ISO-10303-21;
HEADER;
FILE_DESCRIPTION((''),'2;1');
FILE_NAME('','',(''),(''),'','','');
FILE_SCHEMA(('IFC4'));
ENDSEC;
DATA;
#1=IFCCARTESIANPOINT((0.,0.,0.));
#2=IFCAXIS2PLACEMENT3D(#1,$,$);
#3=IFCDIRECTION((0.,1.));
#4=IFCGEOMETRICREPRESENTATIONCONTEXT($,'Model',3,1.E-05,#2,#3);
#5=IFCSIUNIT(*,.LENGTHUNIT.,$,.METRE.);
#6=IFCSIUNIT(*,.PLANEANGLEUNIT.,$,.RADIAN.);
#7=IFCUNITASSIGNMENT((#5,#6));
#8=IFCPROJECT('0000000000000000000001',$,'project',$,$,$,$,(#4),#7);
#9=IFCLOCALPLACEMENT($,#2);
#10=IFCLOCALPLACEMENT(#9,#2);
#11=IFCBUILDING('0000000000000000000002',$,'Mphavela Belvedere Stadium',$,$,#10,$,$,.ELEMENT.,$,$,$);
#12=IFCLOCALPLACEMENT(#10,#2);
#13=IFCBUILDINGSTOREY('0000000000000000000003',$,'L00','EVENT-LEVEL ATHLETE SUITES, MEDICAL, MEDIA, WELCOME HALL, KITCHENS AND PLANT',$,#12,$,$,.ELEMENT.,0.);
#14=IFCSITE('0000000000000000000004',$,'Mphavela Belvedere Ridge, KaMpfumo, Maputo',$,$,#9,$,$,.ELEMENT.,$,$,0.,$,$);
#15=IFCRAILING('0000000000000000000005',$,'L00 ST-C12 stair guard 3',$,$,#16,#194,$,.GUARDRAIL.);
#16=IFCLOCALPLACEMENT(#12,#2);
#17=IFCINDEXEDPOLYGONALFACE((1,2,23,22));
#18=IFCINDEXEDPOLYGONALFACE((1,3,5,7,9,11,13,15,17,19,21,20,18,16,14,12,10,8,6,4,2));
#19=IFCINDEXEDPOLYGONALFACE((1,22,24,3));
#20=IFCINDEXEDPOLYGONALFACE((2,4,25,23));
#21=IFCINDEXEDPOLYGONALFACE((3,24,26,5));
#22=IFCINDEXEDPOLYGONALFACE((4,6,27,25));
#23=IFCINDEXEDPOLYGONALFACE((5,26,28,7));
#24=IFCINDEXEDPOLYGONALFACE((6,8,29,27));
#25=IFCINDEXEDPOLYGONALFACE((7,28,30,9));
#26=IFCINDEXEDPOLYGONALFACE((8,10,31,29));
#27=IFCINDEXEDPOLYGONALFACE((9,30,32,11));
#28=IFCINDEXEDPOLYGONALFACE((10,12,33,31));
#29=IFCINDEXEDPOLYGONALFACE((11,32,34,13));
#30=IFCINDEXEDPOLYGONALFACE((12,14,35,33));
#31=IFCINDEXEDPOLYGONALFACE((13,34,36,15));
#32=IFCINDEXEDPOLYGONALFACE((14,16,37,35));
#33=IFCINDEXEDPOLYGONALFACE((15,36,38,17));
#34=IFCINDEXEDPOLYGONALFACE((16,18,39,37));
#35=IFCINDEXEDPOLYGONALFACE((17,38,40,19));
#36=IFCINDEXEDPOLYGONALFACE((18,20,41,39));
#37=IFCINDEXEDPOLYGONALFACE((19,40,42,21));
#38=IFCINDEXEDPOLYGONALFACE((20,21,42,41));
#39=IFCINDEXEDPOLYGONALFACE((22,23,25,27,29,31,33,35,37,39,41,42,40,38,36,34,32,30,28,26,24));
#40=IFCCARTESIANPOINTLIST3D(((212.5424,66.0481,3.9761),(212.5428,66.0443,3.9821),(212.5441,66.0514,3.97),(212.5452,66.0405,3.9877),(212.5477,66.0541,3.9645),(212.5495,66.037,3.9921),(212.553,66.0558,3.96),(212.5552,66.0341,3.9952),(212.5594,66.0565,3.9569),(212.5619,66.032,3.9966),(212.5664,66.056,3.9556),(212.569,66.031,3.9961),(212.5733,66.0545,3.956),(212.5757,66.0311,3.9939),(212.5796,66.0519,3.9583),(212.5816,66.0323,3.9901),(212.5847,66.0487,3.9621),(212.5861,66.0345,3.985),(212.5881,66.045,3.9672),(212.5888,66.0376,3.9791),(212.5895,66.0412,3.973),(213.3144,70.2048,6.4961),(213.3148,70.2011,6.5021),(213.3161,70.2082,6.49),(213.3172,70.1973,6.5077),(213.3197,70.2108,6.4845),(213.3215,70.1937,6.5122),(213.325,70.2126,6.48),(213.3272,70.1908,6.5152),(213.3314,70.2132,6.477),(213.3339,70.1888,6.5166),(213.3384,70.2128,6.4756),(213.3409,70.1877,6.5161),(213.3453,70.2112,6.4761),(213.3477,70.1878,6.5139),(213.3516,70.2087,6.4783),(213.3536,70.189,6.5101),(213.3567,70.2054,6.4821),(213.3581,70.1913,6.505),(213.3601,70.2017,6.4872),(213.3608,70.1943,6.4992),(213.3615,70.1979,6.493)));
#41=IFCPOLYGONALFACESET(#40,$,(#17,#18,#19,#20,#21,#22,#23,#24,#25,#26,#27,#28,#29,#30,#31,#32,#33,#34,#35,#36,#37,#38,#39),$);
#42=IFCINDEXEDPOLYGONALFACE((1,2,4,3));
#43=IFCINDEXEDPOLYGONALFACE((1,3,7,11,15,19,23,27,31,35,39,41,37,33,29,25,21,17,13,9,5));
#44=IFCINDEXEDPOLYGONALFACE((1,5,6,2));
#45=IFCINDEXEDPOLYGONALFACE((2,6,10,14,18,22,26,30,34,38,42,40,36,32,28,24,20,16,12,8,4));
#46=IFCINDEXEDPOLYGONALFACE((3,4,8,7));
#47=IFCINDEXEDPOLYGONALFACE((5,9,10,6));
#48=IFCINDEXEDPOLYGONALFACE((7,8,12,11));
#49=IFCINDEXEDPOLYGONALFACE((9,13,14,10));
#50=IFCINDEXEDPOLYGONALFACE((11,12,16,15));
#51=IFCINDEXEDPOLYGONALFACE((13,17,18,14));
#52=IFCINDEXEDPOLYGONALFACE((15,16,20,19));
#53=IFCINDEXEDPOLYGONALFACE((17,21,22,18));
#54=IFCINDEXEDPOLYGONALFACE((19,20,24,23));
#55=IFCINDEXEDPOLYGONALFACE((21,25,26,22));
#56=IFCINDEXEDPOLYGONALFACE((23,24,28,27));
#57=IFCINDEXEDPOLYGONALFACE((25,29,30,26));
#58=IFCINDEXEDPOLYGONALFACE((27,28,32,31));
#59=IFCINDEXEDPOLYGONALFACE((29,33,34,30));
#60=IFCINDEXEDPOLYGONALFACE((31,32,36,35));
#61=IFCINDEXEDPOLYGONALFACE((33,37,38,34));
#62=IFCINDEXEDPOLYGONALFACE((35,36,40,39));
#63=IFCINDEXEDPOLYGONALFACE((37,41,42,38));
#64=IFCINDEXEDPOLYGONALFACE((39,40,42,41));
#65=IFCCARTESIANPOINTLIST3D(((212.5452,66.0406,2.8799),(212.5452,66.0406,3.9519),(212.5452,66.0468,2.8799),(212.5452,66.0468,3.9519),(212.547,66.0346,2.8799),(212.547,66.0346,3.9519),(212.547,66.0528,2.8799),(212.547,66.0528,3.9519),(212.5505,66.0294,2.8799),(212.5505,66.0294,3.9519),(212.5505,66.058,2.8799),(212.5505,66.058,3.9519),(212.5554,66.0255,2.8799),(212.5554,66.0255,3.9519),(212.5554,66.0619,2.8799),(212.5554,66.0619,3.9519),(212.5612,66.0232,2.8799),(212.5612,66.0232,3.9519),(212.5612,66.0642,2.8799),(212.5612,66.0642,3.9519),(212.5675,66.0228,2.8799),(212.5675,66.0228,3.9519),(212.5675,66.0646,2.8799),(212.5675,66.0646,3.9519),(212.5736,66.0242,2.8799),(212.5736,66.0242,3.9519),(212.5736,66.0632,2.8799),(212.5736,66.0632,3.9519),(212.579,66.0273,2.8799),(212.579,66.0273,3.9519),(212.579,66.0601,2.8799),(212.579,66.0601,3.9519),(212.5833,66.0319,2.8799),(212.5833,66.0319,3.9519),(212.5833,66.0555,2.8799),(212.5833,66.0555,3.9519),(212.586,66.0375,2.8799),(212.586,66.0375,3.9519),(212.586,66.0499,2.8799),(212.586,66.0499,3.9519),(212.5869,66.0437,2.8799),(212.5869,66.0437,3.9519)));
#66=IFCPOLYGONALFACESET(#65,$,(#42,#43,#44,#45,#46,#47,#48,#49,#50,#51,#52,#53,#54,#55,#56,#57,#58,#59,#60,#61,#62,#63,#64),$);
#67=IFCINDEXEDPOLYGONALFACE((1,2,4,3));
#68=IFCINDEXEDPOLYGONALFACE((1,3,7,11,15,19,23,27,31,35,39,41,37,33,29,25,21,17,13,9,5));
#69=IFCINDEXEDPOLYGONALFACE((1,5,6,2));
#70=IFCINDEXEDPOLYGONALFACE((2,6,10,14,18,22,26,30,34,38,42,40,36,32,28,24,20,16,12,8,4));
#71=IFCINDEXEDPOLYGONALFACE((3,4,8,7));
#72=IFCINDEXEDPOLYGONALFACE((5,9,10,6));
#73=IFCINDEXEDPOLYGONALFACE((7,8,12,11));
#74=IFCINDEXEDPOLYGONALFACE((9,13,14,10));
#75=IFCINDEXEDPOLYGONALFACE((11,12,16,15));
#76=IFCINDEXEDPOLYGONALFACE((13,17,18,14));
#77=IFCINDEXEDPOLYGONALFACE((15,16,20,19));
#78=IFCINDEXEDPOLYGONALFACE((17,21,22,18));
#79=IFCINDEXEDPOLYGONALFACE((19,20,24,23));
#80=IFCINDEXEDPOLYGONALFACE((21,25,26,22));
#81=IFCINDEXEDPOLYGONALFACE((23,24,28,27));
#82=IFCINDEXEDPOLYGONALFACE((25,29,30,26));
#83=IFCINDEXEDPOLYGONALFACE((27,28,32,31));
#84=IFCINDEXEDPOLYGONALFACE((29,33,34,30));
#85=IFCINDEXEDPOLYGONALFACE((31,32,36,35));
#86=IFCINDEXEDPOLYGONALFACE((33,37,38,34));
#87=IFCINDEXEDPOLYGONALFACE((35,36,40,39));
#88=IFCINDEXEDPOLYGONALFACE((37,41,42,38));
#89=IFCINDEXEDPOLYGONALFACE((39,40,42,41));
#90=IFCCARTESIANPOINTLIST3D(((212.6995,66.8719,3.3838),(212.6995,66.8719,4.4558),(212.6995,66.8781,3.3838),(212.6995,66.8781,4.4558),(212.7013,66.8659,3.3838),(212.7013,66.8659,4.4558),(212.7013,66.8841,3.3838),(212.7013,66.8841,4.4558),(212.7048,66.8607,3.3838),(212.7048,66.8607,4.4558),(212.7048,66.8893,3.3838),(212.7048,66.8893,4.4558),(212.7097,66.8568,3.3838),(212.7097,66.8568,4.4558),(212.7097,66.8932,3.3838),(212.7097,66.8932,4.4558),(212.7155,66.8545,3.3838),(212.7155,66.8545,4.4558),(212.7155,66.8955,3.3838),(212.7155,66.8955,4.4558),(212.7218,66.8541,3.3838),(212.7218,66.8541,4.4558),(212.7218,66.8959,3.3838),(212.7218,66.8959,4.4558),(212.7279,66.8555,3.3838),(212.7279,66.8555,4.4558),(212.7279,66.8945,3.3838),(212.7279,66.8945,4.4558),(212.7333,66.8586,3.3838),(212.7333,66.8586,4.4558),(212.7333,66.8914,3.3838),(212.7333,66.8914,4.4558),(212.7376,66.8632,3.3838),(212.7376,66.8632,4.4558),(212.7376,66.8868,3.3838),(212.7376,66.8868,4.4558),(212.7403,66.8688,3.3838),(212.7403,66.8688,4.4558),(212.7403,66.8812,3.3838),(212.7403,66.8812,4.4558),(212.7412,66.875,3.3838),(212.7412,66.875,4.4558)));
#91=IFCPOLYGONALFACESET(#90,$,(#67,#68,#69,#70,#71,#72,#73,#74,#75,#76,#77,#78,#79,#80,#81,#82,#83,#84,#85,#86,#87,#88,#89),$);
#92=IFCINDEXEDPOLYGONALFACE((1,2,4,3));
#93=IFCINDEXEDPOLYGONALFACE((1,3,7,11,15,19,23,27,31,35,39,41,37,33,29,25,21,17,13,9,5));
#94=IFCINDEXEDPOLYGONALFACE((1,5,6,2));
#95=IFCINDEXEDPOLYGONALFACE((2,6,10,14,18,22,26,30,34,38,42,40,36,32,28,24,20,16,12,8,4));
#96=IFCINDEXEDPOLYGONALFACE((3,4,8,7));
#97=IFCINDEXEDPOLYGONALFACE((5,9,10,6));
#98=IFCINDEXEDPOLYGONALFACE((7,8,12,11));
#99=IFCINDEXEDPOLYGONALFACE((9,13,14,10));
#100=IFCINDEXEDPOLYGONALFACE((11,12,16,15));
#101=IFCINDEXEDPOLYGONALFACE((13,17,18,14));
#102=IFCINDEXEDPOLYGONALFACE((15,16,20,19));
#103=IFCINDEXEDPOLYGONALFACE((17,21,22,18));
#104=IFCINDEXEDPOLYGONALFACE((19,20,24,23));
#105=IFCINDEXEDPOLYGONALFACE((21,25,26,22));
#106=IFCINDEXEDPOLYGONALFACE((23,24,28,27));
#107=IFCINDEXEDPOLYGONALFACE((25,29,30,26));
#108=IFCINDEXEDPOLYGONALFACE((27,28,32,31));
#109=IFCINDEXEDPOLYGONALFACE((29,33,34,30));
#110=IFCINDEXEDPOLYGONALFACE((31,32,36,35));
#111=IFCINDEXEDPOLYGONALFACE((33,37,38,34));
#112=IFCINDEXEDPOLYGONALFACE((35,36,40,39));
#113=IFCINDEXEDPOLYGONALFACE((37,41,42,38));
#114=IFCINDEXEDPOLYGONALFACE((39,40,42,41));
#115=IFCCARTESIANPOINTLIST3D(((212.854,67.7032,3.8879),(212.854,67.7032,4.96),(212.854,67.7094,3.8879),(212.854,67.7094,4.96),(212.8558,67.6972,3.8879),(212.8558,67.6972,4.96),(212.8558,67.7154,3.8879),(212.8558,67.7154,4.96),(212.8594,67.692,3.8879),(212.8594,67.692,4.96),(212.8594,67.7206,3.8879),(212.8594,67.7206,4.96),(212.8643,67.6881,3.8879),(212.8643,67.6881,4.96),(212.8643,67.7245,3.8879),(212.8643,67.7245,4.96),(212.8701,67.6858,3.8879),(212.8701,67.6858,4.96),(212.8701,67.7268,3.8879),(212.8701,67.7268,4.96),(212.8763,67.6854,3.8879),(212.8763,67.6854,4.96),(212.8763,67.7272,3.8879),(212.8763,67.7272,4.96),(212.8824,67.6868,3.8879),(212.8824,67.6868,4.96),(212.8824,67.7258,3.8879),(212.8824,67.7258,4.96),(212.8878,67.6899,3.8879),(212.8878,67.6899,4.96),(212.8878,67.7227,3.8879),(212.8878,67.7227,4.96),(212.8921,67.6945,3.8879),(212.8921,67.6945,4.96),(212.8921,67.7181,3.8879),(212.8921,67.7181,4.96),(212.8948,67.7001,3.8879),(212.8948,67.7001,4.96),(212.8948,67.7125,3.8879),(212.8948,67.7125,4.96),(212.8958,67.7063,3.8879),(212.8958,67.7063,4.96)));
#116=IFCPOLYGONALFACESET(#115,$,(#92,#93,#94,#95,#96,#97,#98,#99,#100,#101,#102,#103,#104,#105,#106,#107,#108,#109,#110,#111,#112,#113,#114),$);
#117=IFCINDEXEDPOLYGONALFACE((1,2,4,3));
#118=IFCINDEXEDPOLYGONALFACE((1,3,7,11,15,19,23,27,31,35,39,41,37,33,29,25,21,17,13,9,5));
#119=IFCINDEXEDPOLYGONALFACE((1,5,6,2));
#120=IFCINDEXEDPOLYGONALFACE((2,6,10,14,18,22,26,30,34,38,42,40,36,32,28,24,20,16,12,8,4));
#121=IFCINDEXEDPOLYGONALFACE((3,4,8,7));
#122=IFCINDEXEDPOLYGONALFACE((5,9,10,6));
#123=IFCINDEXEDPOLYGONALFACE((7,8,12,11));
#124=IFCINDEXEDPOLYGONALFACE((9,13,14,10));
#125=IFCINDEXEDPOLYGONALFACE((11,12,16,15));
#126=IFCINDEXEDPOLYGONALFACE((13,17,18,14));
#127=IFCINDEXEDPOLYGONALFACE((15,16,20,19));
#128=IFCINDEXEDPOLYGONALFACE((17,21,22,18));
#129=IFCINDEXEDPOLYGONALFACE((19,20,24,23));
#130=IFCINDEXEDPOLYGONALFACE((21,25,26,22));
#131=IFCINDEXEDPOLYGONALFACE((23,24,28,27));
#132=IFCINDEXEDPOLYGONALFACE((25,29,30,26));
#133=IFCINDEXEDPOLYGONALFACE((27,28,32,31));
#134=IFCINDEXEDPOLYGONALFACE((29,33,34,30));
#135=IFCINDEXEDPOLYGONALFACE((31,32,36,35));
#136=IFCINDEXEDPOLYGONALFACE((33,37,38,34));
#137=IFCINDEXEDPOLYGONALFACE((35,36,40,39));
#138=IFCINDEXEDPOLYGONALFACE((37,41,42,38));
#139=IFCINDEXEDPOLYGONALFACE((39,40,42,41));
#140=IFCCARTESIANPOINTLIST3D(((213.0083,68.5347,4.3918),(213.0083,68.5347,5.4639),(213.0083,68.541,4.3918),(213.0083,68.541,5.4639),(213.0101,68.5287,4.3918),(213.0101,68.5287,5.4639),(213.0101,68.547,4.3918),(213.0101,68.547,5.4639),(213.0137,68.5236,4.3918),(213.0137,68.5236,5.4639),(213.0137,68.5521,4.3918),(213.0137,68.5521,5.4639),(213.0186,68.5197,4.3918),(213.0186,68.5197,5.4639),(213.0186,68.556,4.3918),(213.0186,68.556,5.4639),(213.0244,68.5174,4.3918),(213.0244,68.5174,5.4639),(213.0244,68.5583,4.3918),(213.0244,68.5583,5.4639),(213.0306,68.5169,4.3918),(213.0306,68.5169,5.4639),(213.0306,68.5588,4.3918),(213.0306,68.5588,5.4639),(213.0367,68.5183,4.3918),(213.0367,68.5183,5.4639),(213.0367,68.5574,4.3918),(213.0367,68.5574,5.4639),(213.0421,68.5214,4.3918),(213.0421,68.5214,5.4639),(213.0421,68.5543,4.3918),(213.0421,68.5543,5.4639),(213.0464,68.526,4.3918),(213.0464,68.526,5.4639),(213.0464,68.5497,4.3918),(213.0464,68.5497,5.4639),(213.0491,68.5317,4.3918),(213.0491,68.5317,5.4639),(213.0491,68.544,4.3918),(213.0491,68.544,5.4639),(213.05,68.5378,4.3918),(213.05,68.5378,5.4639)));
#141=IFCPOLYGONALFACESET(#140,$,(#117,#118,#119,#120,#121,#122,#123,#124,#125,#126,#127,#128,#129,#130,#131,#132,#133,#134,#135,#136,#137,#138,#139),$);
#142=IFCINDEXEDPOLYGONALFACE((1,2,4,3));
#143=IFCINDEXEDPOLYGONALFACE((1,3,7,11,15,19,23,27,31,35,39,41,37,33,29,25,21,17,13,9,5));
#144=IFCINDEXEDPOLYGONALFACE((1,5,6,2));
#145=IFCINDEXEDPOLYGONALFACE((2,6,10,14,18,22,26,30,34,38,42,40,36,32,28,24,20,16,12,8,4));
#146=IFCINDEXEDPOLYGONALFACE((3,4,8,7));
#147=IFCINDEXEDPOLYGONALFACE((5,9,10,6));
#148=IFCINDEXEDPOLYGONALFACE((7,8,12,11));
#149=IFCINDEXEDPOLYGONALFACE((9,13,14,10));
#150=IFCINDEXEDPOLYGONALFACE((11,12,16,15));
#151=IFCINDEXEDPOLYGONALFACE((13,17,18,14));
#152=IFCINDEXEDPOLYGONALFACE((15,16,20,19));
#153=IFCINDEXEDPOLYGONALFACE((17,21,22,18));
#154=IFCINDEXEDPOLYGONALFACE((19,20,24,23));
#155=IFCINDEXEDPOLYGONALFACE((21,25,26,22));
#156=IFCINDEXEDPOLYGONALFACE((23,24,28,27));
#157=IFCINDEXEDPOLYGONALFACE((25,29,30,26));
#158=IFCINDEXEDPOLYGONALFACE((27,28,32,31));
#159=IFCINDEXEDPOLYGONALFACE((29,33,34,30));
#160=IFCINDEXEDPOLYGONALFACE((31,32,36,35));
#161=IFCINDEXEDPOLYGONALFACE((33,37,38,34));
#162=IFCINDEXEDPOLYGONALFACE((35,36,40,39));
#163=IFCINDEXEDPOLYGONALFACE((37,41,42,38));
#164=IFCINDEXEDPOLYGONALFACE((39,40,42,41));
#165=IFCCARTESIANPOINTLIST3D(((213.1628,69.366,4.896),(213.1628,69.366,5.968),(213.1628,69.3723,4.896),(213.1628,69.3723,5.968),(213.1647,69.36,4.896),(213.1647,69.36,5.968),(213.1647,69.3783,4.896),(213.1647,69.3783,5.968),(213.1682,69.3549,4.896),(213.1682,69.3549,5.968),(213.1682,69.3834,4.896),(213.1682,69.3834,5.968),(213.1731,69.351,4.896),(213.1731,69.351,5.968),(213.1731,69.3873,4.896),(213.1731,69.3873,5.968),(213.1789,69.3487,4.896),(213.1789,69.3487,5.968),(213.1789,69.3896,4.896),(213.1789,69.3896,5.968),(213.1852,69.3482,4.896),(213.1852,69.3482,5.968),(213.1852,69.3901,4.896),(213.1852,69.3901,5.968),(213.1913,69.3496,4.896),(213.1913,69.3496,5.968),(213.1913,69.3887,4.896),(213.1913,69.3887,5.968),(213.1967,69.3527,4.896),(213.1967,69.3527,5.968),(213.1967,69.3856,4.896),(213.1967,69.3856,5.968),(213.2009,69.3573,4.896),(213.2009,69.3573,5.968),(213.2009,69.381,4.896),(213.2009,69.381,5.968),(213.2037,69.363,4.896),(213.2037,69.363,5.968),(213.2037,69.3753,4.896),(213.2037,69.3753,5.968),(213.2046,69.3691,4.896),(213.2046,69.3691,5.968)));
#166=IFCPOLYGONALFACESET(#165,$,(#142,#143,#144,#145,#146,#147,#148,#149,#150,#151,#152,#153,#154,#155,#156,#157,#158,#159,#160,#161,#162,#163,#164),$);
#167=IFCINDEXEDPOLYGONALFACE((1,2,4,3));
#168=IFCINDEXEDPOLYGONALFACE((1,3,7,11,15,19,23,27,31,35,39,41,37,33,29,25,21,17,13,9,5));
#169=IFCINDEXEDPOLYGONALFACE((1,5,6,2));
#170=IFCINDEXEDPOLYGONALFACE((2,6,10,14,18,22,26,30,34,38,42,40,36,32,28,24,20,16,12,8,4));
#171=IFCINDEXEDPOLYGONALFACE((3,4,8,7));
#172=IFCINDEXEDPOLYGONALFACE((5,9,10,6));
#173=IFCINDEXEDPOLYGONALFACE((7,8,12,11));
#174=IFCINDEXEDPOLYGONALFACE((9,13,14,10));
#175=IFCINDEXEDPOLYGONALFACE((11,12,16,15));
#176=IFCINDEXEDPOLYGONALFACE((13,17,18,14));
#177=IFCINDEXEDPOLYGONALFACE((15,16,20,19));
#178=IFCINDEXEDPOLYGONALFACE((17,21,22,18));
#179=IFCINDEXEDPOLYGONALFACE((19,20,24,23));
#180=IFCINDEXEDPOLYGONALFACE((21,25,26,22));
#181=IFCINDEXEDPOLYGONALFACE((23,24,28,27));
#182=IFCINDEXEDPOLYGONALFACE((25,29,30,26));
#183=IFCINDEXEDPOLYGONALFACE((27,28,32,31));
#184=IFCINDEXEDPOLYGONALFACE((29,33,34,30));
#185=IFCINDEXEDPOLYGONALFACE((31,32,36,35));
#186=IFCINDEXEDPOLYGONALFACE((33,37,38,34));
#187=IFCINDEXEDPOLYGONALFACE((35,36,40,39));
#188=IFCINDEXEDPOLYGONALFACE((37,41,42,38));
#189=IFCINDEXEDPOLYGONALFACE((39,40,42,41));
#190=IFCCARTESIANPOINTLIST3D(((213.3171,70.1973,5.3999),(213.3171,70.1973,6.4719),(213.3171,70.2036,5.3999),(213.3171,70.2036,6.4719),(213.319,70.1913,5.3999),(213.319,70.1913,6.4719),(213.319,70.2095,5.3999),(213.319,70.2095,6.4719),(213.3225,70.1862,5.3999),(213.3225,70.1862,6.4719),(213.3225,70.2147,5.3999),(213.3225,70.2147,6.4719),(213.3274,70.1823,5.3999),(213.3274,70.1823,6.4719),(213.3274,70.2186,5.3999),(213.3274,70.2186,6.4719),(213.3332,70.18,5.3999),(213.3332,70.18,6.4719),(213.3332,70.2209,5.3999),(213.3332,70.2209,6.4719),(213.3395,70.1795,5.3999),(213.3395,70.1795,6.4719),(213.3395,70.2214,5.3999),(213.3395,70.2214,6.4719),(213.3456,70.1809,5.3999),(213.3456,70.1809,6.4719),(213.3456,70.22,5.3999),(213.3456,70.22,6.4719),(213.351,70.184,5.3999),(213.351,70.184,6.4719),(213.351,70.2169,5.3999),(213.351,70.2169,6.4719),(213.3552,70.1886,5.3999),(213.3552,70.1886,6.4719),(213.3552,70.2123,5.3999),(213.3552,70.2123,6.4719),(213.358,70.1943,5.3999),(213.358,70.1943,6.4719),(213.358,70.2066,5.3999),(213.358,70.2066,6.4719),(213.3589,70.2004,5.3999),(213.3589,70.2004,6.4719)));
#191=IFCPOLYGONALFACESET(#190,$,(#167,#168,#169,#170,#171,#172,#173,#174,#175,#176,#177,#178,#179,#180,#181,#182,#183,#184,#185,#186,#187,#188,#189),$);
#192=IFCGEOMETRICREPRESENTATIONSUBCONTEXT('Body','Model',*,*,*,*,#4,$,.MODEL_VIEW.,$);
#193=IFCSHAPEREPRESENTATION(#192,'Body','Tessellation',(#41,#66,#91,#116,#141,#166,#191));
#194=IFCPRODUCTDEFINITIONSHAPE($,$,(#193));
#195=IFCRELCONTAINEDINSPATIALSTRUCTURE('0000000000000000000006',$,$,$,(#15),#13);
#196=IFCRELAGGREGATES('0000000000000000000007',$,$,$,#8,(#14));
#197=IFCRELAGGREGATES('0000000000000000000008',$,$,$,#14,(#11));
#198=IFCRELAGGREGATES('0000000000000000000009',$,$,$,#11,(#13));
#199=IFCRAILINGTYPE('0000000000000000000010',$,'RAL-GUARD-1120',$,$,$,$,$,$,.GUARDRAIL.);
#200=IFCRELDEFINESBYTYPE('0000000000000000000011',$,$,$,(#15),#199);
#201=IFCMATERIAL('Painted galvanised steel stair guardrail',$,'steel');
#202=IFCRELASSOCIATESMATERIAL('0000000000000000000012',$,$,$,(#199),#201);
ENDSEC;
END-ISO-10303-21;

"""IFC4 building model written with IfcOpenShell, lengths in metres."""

from ifc_helpers import new_model, si_unit, direction, frame, origin, origin_2d, place, context, subcontext, project, spatial, circle, extrude, material, type_object, element, save


model = new_model("IFC4")

# Units and contexts
model_context = context("Model", 3, precision=1e-05, world=origin(), true_north=direction((0.0, 1.0)))
body_context = subcontext(model_context, "Body", "Model", "MODEL_VIEW")
ifc_project = project(units=[si_unit("LENGTHUNIT", "METRE"), si_unit("PLANEANGLEUNIT", "RADIAN")], contexts=[model_context])

# Site, building, storey
site_placement = place(None, origin())
site = spatial("IfcSite", under=ifc_project, at=site_placement, Name="Mphavela Belvedere Ridge, KaMpfumo, Maputo", CompositionType="ELEMENT", RefElevation=0.0)
building_placement = place(site_placement, origin())
building = spatial("IfcBuilding", under=site, at=building_placement, Name="Mphavela Belvedere Stadium", CompositionType="ELEMENT")
storey_placement = place(building_placement, origin())
storey = spatial("IfcBuildingStorey", under=building, at=storey_placement, Name="L00", Description="EVENT-LEVEL ATHLETE SUITES, MEDICAL, MEDIA, WELCOME HALL, KITCHENS AND PLANT", CompositionType="ELEMENT", Elevation=0.0)

# Railing
ifc_material_1 = material(Name="Painted galvanised steel stair guardrail", Category="steel")
railing_type_1 = type_object("IfcRailingType", Name="RAL-GUARD-1120", PredefinedType="GUARDRAIL", material=ifc_material_1)
railing_1_placement = place(storey_placement, frame((212.5659, 66.0437, 2.8799)))
element("IfcRailing", 1, at=railing_1_placement, inside=storey, type_object=railing_type_1, Name="L00 ST-C12 stair guard 3", PredefinedType="GUARDRAIL", context=body_context, shape_type="SweptSolid", body=[
    extrude(circle(Radius=0.0239, at=origin_2d()), frame((0.0, 0.0, 1.0962), z_axis=(0.156845, 0.844543, 0.512003), x_axis=(-0.983188, 0.182594, 0.0)), (0.0, 0.0, 1.0), 4.9219),
    extrude(circle(Radius=0.021, at=origin_2d()), origin(), (0.0, 0.0, 1.0), 1.072),
    extrude(circle(Radius=0.021, at=origin_2d()), frame((0.1543, 0.8313, 0.5039)), (0.0, 0.0, 1.0), 1.072),
    extrude(circle(Radius=0.021, at=origin_2d()), frame((0.3088, 1.6626, 1.0081)), (0.0, 0.0, 1.0), 1.072),
    extrude(circle(Radius=0.021, at=origin_2d()), frame((0.4631, 2.4941, 1.512)), (0.0, 0.0, 1.0), 1.072),
    extrude(circle(Radius=0.021, at=origin_2d()), frame((0.6177, 3.3254, 2.0161)), (0.0, 0.0, 1.0), 1.072),
    extrude(circle(Radius=0.021, at=origin_2d()), frame((0.772, 4.1567, 2.52)), (0.0, 0.0, 1.0), 1.072),
])

save(model, "model.ifc")
